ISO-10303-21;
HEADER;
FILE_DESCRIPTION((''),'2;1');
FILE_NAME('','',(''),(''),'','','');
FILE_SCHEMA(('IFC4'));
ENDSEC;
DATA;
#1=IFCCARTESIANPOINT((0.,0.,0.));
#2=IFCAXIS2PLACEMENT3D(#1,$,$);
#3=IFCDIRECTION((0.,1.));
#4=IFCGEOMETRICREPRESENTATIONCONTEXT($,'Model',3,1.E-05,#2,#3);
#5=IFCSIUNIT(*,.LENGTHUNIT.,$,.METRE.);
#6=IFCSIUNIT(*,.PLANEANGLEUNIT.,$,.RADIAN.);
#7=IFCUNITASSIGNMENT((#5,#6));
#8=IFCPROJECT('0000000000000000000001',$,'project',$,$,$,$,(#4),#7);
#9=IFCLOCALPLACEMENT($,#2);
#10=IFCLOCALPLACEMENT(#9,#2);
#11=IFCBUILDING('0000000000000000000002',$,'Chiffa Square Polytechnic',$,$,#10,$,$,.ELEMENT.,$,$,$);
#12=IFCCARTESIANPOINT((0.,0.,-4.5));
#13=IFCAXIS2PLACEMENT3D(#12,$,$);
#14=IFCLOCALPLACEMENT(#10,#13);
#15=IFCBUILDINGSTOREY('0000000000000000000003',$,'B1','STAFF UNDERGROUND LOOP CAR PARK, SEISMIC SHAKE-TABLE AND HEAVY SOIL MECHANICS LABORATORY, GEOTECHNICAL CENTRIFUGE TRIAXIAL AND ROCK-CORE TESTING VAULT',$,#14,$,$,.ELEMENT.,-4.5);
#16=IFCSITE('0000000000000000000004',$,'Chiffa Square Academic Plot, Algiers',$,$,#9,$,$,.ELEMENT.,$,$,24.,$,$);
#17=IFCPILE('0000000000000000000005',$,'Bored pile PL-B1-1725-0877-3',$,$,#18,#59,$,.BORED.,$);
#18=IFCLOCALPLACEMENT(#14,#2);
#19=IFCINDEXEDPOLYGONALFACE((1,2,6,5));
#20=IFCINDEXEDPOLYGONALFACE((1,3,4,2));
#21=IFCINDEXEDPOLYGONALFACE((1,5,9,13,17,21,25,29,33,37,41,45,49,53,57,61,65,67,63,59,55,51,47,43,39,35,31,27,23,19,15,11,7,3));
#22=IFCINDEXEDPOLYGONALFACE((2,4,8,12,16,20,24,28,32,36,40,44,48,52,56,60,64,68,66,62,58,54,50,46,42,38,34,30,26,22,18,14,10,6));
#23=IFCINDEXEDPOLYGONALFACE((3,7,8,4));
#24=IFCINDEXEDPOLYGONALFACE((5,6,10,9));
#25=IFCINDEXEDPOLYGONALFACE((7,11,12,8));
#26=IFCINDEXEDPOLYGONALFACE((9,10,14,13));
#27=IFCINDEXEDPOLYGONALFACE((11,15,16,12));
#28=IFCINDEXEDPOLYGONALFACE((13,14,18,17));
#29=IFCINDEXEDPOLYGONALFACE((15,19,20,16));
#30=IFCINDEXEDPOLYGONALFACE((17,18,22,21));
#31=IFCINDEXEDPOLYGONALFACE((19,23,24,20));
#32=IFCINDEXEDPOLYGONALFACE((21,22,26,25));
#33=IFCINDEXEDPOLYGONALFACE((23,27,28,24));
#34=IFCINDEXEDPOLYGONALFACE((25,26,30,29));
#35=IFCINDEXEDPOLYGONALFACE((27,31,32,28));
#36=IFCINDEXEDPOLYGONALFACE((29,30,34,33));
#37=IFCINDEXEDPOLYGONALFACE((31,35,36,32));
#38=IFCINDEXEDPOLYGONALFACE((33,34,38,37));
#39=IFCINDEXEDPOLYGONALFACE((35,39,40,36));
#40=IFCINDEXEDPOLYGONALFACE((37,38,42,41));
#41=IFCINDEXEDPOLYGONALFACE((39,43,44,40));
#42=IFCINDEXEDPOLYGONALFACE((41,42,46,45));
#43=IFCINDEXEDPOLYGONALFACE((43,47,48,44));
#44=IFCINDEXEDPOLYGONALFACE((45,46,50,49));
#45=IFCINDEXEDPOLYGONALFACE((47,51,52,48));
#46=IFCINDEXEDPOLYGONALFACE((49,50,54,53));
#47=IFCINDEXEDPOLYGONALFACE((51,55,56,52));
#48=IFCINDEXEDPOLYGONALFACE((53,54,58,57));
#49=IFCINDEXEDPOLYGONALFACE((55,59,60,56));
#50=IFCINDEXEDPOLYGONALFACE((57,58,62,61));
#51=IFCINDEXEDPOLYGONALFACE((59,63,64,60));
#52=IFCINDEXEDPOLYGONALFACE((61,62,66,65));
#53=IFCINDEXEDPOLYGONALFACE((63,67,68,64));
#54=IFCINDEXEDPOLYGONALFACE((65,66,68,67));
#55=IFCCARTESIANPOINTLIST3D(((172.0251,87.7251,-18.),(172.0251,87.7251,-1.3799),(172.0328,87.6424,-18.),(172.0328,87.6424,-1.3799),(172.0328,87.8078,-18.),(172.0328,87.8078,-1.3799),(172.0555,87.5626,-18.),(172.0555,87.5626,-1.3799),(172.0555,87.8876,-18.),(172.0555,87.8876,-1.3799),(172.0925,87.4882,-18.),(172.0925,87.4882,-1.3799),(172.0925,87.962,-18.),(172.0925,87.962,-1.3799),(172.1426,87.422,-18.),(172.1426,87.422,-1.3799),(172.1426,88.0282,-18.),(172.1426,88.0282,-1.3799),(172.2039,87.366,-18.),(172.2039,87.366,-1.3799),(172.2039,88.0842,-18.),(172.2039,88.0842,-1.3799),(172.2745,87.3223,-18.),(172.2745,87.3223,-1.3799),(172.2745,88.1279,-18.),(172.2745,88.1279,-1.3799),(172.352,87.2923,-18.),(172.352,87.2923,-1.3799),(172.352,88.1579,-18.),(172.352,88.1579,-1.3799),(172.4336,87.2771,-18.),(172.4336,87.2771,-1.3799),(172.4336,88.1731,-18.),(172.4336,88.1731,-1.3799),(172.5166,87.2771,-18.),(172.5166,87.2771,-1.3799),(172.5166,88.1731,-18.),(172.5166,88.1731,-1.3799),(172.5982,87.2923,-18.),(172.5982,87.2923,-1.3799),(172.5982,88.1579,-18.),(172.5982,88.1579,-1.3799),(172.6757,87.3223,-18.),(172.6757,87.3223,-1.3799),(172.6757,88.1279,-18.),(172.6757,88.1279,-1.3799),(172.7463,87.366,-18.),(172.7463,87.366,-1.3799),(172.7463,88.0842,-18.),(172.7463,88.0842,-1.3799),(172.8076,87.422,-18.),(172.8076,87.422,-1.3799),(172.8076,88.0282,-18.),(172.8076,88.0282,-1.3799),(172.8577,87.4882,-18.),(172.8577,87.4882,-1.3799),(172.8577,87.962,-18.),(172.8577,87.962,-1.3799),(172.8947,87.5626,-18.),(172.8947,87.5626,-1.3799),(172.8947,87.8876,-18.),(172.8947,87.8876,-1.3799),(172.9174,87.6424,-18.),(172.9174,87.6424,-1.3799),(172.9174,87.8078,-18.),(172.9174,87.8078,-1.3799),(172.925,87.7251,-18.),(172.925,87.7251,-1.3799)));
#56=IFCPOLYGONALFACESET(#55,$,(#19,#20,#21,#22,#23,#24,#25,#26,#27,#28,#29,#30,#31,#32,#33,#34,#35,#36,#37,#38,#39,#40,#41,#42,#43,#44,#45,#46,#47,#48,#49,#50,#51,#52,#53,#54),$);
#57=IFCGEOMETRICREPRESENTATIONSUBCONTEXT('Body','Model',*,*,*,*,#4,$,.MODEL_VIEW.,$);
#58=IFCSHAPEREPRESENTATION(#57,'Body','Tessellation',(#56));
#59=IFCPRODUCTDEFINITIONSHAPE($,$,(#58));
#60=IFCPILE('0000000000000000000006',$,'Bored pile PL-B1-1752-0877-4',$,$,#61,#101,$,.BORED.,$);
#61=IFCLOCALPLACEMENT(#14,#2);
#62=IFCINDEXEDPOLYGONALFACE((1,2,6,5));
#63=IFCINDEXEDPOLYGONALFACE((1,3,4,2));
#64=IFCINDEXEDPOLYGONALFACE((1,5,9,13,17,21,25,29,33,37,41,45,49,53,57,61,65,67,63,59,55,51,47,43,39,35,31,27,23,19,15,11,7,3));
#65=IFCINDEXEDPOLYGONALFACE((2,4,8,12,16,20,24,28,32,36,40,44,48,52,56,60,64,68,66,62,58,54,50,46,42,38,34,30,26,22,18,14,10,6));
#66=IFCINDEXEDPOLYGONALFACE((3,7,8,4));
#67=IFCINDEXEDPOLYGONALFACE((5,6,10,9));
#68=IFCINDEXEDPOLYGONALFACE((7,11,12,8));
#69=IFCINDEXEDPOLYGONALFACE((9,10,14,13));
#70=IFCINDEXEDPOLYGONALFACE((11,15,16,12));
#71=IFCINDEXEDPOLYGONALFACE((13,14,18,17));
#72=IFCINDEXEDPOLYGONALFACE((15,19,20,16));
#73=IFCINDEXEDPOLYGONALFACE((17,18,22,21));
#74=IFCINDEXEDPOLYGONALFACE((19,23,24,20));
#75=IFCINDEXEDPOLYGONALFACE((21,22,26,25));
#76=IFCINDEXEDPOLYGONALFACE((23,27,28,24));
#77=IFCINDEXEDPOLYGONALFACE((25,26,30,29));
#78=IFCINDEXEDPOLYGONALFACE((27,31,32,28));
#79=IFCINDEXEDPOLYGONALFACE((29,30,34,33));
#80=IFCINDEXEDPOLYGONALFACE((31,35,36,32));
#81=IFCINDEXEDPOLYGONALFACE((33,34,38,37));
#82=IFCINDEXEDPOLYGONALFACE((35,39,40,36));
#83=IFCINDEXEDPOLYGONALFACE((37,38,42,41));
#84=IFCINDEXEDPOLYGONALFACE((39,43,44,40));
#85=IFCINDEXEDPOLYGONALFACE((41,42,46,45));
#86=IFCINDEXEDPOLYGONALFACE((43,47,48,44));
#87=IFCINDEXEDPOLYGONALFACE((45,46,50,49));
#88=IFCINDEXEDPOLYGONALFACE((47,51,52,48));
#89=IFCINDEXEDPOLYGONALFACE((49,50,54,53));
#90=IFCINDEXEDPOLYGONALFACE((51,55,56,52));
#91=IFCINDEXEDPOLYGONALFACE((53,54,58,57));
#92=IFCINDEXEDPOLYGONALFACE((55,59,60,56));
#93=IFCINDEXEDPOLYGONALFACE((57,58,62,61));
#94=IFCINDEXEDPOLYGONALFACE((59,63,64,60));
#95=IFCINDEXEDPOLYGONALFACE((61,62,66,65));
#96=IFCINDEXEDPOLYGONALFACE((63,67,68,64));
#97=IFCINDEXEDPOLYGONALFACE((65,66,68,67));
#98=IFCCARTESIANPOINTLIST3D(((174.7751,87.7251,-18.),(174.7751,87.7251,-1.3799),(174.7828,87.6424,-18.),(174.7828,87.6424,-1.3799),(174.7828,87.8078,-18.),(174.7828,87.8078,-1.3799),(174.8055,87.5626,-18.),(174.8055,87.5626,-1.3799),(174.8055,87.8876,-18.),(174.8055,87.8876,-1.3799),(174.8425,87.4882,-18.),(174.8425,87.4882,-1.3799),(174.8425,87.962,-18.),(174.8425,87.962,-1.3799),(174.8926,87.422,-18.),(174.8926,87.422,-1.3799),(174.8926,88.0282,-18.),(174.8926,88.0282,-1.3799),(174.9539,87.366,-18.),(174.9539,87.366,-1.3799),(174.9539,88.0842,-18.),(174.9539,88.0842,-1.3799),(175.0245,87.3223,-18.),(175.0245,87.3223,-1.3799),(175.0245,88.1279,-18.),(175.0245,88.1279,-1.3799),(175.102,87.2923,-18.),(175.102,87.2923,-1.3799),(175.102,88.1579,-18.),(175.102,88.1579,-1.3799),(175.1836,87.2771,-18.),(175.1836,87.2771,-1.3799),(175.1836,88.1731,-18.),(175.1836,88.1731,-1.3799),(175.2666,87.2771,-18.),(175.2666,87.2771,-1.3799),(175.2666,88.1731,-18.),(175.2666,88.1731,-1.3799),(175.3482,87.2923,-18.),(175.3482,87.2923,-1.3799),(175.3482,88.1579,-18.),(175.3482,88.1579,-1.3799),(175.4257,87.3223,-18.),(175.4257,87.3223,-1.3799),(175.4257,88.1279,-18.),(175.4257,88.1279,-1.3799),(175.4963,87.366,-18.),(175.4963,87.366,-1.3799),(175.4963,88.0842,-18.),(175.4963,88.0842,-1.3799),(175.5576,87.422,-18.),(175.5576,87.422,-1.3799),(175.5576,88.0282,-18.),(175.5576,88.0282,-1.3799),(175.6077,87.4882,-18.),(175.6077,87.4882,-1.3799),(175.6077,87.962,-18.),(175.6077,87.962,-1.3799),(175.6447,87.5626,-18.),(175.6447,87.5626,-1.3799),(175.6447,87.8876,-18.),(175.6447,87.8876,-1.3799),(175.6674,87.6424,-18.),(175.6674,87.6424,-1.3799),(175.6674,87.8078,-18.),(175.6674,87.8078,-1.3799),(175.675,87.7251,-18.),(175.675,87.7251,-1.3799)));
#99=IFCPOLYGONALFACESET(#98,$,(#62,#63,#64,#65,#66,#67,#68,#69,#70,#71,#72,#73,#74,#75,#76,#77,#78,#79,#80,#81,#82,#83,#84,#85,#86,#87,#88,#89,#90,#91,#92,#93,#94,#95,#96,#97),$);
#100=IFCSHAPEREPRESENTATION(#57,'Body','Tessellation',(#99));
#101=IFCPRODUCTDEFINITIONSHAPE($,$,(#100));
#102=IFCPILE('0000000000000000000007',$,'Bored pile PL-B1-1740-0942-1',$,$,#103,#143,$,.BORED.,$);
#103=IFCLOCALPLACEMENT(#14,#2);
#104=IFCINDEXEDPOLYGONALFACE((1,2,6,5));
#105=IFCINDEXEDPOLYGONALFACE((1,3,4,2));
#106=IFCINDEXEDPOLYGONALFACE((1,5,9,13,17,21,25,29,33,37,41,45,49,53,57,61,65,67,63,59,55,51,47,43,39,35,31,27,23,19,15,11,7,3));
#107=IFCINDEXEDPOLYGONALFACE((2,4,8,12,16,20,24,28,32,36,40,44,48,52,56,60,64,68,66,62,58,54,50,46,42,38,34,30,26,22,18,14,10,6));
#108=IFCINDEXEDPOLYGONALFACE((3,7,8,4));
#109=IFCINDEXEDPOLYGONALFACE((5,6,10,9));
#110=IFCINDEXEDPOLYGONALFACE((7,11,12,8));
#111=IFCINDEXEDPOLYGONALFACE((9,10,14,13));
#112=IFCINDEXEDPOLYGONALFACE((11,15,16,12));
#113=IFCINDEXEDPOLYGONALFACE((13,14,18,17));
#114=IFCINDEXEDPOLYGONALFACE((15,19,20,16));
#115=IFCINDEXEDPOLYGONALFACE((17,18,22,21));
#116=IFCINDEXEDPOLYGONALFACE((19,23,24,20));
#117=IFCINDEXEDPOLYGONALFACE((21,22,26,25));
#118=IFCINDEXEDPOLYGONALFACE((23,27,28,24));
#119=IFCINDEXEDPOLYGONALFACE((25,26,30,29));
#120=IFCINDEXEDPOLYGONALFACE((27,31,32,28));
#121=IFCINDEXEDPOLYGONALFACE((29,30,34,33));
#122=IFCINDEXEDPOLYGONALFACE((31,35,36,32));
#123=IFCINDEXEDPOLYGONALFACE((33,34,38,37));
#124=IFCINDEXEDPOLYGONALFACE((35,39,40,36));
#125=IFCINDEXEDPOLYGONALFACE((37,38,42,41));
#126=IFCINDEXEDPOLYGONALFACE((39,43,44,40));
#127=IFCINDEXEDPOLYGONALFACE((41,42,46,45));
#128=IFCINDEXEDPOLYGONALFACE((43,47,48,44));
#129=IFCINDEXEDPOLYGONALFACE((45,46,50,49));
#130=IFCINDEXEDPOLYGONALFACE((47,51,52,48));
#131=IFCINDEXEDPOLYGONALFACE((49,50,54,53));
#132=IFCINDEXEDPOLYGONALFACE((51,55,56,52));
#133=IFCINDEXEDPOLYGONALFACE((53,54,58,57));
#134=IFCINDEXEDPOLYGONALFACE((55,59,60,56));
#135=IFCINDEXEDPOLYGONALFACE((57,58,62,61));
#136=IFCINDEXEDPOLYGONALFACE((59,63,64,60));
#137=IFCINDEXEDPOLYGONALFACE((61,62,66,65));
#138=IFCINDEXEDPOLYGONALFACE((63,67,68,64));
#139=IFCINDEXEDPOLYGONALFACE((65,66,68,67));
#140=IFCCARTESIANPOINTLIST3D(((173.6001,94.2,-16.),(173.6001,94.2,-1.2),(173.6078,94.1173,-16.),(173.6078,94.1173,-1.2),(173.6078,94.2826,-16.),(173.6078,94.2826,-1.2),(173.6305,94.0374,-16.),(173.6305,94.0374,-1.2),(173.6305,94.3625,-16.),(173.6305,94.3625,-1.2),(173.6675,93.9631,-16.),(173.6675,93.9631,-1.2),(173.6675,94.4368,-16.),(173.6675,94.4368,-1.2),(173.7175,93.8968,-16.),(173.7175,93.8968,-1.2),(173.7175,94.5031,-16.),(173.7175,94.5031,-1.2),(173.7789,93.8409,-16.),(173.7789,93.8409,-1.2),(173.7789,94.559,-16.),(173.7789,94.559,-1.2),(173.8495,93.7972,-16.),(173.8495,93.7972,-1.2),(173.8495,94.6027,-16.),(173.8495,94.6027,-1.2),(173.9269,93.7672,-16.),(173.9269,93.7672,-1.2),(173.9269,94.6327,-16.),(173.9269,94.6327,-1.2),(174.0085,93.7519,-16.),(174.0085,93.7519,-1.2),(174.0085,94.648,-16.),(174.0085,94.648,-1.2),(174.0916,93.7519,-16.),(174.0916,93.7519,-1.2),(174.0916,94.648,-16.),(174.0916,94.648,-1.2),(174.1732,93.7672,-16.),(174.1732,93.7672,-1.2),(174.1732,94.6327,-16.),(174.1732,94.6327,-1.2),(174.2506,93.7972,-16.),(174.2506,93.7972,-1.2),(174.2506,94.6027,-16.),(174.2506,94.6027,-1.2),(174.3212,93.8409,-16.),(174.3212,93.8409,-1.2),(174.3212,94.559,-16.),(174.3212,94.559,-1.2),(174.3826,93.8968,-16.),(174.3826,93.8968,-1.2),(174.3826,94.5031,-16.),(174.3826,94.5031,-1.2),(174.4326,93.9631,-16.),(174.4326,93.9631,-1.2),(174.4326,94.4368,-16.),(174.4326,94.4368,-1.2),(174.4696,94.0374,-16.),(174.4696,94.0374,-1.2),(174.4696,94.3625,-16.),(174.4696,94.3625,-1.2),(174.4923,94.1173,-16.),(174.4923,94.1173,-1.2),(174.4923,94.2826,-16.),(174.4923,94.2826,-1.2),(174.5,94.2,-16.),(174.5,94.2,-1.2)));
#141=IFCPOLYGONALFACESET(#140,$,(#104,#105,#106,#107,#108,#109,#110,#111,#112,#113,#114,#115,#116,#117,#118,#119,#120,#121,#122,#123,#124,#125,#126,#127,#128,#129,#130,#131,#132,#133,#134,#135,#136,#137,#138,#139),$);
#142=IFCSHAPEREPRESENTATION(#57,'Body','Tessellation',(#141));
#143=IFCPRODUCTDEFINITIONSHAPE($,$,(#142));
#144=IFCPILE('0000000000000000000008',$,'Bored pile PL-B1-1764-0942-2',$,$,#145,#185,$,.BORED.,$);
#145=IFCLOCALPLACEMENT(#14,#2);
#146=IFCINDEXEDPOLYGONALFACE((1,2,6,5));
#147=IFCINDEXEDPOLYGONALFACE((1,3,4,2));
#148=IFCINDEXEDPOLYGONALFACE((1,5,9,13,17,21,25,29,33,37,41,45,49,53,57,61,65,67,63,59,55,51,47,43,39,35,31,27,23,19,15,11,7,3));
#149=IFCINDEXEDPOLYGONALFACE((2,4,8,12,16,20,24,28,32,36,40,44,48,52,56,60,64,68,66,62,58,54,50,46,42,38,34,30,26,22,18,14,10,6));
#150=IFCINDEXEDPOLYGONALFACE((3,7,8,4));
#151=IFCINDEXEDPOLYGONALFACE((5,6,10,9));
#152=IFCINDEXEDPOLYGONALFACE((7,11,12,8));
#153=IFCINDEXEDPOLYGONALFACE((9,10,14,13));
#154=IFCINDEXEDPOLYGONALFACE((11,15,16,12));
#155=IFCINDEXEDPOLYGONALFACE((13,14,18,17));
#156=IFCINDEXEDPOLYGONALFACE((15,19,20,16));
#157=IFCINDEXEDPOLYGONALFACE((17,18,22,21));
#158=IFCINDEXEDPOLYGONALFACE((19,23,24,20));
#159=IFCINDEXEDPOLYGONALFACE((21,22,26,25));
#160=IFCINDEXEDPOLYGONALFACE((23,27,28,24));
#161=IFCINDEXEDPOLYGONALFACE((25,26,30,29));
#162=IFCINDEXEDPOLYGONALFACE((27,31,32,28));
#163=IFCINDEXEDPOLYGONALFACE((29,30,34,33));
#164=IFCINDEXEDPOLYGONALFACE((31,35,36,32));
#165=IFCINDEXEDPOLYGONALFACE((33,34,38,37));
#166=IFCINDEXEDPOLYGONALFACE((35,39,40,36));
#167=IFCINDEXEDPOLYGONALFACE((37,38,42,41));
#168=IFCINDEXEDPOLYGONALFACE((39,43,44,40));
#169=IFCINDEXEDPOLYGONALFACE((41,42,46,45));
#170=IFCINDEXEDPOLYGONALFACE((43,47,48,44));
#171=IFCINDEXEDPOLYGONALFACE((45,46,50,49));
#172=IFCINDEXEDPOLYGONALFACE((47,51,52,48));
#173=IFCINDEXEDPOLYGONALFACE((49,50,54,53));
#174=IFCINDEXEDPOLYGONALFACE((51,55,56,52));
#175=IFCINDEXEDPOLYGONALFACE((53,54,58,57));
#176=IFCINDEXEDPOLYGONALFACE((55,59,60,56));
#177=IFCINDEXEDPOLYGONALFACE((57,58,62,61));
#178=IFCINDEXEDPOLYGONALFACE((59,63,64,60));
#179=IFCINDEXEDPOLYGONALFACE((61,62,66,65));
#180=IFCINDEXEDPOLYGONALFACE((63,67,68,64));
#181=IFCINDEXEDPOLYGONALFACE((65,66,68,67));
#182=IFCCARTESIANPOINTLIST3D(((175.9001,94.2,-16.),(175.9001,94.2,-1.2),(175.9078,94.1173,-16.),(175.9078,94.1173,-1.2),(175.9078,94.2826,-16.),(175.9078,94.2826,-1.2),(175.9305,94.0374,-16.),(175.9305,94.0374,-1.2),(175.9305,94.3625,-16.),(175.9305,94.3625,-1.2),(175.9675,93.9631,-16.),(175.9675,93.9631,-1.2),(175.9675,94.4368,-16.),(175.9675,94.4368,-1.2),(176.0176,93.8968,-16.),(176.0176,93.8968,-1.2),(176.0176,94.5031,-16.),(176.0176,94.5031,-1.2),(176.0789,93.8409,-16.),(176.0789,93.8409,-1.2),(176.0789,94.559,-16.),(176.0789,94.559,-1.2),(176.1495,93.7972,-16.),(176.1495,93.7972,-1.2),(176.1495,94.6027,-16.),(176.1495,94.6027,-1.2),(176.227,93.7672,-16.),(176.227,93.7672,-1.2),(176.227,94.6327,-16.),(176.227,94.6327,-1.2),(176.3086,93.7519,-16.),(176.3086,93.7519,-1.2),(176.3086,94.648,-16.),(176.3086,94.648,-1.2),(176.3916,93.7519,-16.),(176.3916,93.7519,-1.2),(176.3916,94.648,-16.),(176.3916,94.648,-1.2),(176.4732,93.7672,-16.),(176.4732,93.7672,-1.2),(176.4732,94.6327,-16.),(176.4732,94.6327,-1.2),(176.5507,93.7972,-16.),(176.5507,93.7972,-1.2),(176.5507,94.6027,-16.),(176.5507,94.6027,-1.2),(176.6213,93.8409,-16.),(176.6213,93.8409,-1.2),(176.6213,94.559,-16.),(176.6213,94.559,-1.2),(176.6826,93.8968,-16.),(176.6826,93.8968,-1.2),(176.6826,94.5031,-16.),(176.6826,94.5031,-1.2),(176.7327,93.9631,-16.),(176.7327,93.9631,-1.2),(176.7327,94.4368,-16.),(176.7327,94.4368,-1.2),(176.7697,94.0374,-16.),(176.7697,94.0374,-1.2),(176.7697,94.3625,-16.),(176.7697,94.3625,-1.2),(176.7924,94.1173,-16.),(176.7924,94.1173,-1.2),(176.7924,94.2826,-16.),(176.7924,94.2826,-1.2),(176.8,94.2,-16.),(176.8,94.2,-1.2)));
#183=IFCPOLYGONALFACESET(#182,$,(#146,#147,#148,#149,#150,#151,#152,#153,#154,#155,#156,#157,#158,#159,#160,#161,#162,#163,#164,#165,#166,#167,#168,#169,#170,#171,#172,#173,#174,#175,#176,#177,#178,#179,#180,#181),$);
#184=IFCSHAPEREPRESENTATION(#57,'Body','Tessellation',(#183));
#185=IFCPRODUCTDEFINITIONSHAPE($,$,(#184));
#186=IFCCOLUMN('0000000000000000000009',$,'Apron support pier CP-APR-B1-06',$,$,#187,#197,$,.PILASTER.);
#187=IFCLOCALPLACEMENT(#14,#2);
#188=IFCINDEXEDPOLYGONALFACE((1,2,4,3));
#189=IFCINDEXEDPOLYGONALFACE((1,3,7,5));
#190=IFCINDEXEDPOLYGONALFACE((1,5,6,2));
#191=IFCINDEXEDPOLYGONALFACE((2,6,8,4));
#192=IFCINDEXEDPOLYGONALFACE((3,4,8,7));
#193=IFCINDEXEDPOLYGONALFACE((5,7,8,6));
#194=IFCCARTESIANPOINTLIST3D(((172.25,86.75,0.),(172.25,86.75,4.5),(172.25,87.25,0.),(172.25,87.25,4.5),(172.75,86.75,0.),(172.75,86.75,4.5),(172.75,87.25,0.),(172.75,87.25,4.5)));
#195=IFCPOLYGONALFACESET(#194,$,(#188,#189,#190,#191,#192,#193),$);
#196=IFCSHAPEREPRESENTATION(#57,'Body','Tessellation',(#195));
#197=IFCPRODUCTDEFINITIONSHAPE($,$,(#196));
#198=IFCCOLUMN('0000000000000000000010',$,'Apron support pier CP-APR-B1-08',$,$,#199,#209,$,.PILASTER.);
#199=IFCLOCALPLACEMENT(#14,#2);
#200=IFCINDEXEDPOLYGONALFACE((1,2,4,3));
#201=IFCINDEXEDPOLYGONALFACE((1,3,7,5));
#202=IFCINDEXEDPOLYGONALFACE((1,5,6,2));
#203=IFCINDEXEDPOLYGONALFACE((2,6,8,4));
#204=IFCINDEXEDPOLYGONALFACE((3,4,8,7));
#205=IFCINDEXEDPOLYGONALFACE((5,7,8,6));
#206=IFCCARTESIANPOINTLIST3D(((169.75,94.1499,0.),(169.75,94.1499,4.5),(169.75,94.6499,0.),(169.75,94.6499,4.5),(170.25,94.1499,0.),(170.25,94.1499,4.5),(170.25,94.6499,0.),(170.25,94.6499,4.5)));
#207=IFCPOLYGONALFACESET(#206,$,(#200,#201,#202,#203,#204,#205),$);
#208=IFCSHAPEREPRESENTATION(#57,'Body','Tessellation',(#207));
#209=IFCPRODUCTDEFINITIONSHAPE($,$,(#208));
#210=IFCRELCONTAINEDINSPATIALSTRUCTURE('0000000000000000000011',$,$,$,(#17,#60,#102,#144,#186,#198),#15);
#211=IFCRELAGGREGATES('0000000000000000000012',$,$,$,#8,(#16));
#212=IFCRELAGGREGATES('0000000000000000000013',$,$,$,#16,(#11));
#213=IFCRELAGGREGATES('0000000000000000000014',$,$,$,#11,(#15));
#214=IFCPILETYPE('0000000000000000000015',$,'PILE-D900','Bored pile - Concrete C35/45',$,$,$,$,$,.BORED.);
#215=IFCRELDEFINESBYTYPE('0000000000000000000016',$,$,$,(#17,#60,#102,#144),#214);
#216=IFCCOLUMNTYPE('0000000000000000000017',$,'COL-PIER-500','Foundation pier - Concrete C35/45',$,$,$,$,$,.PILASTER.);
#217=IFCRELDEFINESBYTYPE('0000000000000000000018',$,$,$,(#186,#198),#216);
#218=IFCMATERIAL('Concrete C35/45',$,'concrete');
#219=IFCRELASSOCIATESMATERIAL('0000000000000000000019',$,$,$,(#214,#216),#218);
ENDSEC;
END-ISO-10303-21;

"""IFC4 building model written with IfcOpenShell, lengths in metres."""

from ifc_helpers import new_model, si_unit, direction, frame, origin, origin_2d, place, context, subcontext, project, spatial, rectangle, circle, extrude, material, material_profile, profile_set, type_object, element, save


model = new_model("IFC4")

# Units and contexts
model_context = context("Model", 3, precision=1e-05, world=origin(), true_north=direction((0.0, 1.0)))
body_context = subcontext(model_context, "Body", "Model", "MODEL_VIEW")
ifc_project = project(units=[si_unit("LENGTHUNIT", "METRE"), si_unit("PLANEANGLEUNIT", "RADIAN")], contexts=[model_context])

# Site, building, storey
site_placement = place(None, origin())
site = spatial("IfcSite", under=ifc_project, at=site_placement, Name="Chiffa Square Academic Plot, Algiers", CompositionType="ELEMENT", RefElevation=24.0)
building_placement = place(site_placement, origin())
building = spatial("IfcBuilding", under=site, at=building_placement, Name="Chiffa Square Polytechnic", CompositionType="ELEMENT")
storey_placement = place(building_placement, frame((0.0, 0.0, -4.5)))
storey = spatial("IfcBuildingStorey", under=building, at=storey_placement, Name="B1", Description="STAFF UNDERGROUND LOOP CAR PARK, SEISMIC SHAKE-TABLE AND HEAVY SOIL MECHANICS LABORATORY, GEOTECHNICAL CENTRIFUGE TRIAXIAL AND ROCK-CORE TESTING VAULT", CompositionType="ELEMENT", Elevation=-4.5)

# Shared definitions
ifc_material_1 = material(Name="Concrete C35/45", Category="concrete")

# Piles
ifc_material_profile_1 = material_profile(ifc_material_1, circle(Radius=0.45, at=origin_2d()), Name="PILE D900")
ifc_profile_set_1 = profile_set([ifc_material_profile_1], Name="Concrete C35/45")
pile_type_1 = type_object("IfcPileType", Name="PILE-D900", Description="Bored pile - Concrete C35/45", PredefinedType="BORED", material=ifc_profile_set_1)
for number, where, z_axis, x_axis, name in (
    (1, (172.4751, 87.7251, -1.3799), (0.0, 0.0, -1.0), (1.0, 0.0, 0.0), "Bored pile PL-B1-1725-0877-3"),
    (2, (175.2251, 87.7251, -1.3799), (0.0, 0.0, -1.0), (1.0, 0.0, 0.0), "Bored pile PL-B1-1752-0877-4"),
):
    element("IfcPile", number, at=place(storey_placement, frame(where, z_axis=z_axis, x_axis=x_axis)), inside=storey, type_object=pile_type_1, Name=name, PredefinedType="BORED", context=body_context, shape_type="SweptSolid", body=[
        extrude(circle(Radius=0.45, at=origin_2d()), origin(), (0.0, 0.0, 1.0), 16.6201),
    ])
for number, where, z_axis, x_axis, name in (
    (3, (174.05, 94.2, -1.2), (0.0, 0.0, -1.0), (1.0, 0.0, 0.0), "Bored pile PL-B1-1740-0942-1"),
    (4, (176.3501, 94.2, -1.2), (0.0, 0.0, -1.0), (1.0, 0.0, 0.0), "Bored pile PL-B1-1764-0942-2"),
):
    element("IfcPile", number, at=place(storey_placement, frame(where, z_axis=z_axis, x_axis=x_axis)), inside=storey, type_object=pile_type_1, Name=name, PredefinedType="BORED", context=body_context, shape_type="SweptSolid", body=[
        extrude(circle(Radius=0.45, at=origin_2d()), origin(), (0.0, 0.0, 1.0), 14.8),
    ])

# Columns
ifc_material_profile_2 = material_profile(ifc_material_1, rectangle(XDim=0.5, YDim=0.5, at=origin_2d()), Name="RC 500x500")
ifc_profile_set_2 = profile_set([ifc_material_profile_2], Name="Concrete C35/45")
column_type_1 = type_object("IfcColumnType", Name="COL-PIER-500", Description="Foundation pier - Concrete C35/45", PredefinedType="PILASTER", material=ifc_profile_set_2)
for number, where, z_axis, x_axis, name in (
    (5, (172.5, 87.0, 0.0), (0.0, 0.0, 1.0), (1.0, 0.0, 0.0), "Apron support pier CP-APR-B1-06"),
    (6, (170.0, 94.3999, 0.0), (0.0, 0.0, 1.0), (1.0, 0.0, 0.0), "Apron support pier CP-APR-B1-08"),
):
    element("IfcColumn", number, at=place(storey_placement, frame(where, z_axis=z_axis, x_axis=x_axis)), inside=storey, type_object=column_type_1, Name=name, PredefinedType="PILASTER", context=body_context, shape_type="SweptSolid", body=[
        extrude(rectangle(XDim=0.5, YDim=0.5, at=origin_2d()), origin(), (0.0, 0.0, 1.0), 4.5),
    ])

save(model, "model.ifc")
